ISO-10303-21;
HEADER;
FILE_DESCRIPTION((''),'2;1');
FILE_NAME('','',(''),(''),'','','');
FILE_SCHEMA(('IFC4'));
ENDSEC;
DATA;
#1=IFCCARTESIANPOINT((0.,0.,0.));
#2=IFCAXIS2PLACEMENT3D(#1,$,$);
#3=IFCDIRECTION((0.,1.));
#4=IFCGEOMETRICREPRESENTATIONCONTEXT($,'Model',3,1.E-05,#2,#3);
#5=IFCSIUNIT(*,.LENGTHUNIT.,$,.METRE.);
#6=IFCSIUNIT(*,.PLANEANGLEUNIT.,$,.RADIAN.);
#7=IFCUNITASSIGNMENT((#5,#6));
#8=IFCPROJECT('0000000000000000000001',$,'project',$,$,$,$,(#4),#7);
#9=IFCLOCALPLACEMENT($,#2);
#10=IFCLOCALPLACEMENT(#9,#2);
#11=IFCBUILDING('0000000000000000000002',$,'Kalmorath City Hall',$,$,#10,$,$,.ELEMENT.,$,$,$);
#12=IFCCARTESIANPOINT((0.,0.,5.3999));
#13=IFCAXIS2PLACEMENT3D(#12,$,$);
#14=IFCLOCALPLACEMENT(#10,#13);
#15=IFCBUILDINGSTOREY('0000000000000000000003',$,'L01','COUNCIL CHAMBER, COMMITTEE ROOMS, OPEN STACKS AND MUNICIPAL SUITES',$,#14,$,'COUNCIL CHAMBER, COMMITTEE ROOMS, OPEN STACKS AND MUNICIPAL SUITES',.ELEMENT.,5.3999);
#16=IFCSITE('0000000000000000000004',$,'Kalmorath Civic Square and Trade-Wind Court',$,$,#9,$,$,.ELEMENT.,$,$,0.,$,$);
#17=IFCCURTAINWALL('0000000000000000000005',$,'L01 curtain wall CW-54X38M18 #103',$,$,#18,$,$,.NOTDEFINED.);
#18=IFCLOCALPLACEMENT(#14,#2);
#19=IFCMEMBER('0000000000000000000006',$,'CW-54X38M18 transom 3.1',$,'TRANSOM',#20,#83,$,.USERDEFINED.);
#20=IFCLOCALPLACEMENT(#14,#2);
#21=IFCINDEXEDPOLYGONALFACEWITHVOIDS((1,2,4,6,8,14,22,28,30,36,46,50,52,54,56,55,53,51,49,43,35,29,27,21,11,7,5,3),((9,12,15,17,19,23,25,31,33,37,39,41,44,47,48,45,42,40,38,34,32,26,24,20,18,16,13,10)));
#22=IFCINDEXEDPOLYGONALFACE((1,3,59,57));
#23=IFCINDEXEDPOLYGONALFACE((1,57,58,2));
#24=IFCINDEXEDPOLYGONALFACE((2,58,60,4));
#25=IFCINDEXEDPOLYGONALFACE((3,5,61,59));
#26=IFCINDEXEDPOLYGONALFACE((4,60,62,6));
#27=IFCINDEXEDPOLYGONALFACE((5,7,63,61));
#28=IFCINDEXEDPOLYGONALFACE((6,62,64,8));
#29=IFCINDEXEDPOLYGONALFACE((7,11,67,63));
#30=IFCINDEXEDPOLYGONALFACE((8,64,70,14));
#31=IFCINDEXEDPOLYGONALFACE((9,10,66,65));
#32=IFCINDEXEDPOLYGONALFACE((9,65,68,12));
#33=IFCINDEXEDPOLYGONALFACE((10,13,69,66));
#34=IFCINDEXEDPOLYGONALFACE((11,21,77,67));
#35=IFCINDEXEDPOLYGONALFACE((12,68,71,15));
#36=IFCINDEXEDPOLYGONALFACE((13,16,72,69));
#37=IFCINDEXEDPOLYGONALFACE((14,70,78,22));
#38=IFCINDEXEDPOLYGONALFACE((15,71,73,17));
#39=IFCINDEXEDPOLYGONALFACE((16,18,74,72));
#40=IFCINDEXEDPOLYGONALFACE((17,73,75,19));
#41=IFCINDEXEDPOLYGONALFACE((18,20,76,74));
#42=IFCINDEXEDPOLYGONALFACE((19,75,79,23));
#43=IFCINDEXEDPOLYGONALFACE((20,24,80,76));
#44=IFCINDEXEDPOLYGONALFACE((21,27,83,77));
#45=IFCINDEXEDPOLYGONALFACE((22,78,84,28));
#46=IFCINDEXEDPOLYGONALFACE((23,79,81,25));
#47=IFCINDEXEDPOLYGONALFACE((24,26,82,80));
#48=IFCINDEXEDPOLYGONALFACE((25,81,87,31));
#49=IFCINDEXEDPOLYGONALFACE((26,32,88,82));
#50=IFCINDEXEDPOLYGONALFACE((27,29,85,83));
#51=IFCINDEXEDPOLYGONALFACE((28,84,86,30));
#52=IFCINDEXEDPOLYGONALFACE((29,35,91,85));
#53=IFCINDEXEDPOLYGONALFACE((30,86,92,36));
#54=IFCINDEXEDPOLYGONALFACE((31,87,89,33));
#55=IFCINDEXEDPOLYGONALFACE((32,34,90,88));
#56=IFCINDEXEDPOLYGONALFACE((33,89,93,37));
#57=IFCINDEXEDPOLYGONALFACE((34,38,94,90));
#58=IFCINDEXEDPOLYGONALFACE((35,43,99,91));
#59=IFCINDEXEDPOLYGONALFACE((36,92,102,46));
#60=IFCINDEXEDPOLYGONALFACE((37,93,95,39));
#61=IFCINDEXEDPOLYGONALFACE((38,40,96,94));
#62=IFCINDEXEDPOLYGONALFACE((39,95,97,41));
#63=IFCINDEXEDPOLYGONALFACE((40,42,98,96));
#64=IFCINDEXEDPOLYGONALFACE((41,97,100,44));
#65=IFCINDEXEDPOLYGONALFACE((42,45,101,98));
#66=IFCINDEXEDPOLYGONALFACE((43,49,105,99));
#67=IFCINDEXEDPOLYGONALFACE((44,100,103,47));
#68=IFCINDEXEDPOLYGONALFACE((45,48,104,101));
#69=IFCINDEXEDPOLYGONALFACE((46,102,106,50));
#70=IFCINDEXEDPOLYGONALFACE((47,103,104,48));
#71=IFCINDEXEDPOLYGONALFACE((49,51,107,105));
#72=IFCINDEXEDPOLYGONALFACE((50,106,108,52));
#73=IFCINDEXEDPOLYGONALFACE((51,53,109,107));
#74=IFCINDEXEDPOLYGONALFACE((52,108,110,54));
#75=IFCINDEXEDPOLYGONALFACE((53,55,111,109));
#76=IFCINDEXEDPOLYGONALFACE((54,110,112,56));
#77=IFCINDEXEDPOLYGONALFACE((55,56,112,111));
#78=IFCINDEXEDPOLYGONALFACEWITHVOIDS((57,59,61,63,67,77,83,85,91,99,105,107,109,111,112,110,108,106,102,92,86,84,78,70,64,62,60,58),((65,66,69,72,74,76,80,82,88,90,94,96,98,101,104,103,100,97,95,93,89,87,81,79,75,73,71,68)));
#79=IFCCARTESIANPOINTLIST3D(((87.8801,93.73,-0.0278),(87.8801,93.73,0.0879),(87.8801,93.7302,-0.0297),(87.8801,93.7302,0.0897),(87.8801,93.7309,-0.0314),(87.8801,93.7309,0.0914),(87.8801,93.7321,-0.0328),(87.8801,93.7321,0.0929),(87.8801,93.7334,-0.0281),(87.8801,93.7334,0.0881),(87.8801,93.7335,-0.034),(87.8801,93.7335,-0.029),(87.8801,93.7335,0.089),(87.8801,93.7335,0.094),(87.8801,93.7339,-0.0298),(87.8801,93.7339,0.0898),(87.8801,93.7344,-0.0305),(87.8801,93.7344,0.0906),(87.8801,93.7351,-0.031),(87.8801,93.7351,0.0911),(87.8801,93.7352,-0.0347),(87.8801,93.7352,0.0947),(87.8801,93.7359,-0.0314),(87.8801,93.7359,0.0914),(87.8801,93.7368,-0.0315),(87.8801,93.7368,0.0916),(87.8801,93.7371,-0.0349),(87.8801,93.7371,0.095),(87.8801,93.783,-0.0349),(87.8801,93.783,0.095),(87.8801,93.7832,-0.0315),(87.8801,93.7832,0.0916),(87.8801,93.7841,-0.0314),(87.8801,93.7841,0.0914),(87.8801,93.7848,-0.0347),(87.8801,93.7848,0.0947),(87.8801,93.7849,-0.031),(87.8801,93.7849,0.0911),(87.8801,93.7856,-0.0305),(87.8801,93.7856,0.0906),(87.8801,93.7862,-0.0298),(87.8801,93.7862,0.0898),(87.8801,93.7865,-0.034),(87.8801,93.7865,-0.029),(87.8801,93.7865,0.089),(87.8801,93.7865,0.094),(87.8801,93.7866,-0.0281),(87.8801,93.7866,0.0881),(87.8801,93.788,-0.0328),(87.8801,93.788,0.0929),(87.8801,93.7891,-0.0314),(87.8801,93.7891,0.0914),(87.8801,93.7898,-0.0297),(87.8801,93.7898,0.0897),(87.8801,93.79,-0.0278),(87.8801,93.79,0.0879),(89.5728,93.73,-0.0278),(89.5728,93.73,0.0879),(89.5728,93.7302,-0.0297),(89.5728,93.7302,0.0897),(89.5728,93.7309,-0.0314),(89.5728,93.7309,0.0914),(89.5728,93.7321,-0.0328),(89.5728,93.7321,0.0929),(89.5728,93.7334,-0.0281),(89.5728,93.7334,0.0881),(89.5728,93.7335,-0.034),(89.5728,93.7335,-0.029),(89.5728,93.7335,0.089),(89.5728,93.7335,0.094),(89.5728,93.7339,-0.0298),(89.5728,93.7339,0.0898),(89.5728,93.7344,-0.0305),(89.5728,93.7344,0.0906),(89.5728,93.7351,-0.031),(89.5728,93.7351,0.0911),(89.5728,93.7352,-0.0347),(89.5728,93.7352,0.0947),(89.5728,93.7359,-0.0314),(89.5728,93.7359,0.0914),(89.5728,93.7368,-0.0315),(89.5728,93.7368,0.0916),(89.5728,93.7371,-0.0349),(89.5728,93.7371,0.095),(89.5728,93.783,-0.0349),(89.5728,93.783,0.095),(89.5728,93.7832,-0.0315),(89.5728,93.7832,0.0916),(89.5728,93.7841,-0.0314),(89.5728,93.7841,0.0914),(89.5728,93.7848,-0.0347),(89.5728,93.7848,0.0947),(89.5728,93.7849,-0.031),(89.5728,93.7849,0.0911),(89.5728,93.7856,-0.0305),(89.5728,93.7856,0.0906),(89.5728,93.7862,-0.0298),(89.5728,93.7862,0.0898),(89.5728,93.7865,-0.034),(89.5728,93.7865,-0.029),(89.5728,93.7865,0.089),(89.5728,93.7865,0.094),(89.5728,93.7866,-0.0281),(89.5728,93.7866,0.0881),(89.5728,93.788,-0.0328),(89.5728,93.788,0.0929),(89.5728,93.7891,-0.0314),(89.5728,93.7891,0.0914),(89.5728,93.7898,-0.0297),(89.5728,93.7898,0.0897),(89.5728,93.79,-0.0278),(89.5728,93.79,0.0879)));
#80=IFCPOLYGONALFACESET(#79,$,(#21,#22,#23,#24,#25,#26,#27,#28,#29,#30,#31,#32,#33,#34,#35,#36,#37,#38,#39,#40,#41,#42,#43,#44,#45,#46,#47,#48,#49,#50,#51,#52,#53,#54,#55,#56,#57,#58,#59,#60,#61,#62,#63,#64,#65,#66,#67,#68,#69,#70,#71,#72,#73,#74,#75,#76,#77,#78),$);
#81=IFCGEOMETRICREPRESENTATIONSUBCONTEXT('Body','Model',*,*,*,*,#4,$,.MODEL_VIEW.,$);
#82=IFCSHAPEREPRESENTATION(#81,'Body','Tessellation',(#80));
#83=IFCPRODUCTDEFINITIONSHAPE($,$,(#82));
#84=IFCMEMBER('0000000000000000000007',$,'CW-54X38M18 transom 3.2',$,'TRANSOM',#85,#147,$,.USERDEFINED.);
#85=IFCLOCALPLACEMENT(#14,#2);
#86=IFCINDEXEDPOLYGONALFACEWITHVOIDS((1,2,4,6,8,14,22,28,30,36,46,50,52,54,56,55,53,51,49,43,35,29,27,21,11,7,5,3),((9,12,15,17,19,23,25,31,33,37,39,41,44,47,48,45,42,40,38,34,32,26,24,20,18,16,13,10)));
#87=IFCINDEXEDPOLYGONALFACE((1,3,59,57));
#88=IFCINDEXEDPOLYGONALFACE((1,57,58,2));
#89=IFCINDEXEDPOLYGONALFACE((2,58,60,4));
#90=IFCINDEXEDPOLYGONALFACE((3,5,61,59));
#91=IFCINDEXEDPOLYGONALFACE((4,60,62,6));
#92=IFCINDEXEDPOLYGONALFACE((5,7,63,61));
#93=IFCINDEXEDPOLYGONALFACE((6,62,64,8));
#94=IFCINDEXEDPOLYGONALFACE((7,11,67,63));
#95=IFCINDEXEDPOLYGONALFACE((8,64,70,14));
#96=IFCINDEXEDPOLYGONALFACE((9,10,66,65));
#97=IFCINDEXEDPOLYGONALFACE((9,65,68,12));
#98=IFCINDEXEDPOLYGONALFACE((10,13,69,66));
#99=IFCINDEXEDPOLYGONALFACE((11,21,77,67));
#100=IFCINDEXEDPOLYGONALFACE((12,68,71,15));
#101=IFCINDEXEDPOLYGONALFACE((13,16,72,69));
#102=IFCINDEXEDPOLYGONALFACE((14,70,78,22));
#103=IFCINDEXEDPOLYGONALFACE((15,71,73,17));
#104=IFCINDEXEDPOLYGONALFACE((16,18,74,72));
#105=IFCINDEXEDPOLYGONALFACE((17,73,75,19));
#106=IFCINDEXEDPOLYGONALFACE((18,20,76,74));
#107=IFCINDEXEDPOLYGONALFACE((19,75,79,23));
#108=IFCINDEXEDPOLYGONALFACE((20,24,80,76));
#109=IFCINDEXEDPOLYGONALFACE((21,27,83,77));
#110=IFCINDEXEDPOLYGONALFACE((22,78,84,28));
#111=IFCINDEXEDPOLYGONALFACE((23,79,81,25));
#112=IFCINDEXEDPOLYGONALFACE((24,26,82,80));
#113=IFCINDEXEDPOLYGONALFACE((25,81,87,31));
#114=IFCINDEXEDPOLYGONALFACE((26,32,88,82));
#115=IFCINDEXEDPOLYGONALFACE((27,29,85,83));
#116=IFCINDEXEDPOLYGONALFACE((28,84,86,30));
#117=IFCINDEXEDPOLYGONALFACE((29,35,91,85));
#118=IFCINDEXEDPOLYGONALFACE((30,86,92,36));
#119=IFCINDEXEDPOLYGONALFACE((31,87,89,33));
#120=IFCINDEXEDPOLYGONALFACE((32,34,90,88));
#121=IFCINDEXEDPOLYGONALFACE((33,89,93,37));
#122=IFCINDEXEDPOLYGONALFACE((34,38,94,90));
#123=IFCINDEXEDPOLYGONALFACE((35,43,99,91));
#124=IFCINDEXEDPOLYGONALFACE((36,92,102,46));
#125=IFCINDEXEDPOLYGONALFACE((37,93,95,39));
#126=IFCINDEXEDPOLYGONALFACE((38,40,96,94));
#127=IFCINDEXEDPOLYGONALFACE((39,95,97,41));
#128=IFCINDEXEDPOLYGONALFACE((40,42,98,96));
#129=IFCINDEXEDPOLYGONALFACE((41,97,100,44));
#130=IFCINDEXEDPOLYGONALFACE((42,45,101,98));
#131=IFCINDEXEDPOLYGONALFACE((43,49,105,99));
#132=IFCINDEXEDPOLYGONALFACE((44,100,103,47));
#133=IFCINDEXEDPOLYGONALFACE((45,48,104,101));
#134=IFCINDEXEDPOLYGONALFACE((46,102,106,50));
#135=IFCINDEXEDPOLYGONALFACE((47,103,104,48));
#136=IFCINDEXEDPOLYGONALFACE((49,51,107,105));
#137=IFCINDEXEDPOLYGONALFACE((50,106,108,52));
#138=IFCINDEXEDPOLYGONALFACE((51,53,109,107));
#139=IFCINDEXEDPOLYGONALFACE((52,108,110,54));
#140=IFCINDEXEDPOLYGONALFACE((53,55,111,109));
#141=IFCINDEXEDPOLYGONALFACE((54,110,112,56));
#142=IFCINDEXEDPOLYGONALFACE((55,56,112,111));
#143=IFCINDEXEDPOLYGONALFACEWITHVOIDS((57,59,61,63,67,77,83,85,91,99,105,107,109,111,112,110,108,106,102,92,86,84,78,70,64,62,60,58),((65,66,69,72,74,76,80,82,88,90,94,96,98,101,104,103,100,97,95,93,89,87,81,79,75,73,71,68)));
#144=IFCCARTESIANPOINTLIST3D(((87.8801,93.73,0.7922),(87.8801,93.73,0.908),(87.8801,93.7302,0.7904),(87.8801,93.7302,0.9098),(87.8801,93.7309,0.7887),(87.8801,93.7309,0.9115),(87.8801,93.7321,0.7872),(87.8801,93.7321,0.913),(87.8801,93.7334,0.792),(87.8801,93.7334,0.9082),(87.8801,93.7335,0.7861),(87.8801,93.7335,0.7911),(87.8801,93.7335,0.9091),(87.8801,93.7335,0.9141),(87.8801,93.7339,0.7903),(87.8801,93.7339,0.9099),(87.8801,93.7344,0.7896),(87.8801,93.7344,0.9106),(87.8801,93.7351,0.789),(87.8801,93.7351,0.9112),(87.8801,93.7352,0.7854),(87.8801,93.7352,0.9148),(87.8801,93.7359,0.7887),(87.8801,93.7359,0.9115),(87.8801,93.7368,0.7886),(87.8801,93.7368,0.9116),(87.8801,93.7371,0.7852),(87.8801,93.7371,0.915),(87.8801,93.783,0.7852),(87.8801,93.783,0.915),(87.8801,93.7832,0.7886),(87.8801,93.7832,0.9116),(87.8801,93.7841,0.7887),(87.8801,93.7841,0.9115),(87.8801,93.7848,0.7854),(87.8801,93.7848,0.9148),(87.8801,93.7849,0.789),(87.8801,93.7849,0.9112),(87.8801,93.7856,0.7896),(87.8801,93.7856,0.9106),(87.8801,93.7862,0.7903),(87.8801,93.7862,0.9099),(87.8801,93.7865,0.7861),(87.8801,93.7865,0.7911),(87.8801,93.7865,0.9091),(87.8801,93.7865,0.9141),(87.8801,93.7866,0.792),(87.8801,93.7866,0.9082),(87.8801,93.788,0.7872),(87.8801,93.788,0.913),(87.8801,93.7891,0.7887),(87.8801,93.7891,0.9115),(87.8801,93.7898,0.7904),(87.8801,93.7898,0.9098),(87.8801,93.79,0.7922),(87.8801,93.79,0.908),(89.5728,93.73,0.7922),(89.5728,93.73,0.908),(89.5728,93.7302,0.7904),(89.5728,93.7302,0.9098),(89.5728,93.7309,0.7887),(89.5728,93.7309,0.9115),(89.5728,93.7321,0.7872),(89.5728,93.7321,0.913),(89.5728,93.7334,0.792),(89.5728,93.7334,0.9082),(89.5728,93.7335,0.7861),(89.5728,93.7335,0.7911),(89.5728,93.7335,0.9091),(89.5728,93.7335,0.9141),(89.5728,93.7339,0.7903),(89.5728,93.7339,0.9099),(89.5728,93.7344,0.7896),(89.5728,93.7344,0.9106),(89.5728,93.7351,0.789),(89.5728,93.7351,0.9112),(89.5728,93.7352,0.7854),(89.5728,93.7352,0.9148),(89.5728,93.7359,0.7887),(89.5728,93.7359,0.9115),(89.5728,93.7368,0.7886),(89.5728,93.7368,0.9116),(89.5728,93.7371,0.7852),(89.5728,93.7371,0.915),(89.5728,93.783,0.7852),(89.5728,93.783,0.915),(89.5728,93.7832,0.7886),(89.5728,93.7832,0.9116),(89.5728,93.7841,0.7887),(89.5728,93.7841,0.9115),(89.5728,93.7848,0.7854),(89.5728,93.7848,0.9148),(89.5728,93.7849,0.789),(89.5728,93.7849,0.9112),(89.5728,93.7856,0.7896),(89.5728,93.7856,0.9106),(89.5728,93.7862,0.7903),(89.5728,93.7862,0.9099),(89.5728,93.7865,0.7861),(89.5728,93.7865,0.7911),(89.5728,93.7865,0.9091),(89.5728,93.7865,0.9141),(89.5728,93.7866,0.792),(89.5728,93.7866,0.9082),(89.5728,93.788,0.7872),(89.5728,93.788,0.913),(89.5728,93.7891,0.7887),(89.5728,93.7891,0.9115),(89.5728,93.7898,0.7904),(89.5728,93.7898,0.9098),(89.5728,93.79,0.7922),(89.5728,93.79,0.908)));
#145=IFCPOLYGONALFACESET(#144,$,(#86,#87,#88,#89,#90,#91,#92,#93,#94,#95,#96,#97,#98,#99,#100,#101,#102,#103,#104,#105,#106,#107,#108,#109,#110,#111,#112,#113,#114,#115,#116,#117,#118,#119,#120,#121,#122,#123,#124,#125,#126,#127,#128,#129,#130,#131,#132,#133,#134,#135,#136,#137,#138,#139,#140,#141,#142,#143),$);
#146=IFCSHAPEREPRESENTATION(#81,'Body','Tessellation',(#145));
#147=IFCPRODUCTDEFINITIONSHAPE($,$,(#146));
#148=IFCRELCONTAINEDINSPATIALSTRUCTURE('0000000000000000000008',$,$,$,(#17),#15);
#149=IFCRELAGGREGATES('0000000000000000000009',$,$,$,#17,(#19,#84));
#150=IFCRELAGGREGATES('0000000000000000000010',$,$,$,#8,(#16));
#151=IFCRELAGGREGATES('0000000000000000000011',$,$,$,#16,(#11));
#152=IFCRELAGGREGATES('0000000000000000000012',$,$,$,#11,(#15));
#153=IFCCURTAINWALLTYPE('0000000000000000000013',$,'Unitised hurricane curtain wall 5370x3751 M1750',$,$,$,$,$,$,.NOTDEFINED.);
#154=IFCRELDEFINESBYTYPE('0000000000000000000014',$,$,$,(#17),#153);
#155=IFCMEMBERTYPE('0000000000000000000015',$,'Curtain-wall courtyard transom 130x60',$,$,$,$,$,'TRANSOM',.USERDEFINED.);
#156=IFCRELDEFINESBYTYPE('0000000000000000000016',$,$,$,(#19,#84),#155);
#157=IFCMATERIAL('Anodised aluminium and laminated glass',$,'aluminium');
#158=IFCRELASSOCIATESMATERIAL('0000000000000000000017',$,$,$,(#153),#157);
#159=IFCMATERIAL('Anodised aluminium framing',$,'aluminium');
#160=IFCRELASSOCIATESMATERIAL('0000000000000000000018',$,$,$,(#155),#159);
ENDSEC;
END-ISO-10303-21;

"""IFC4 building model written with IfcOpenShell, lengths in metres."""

from ifc_helpers import new_model, si_unit, direction, frame, origin, origin_2d, place, context, subcontext, project, spatial, hollow_rectangle, extrude, material, material_profile, profile_set, type_object, element, aggregate, save


model = new_model("IFC4")

# Units and contexts
model_context = context("Model", 3, precision=1e-05, world=origin(), true_north=direction((0.0, 1.0)))
body_context = subcontext(model_context, "Body", "Model", "MODEL_VIEW")
ifc_project = project(units=[si_unit("LENGTHUNIT", "METRE"), si_unit("PLANEANGLEUNIT", "RADIAN")], contexts=[model_context])

# Site, building, storey
site_placement = place(None, origin())
site = spatial("IfcSite", under=ifc_project, at=site_placement, Name="Kalmorath Civic Square and Trade-Wind Court", CompositionType="ELEMENT", RefElevation=0.0)
building_placement = place(site_placement, origin())
building = spatial("IfcBuilding", under=site, at=building_placement, Name="Kalmorath City Hall", CompositionType="ELEMENT")
storey_placement = place(building_placement, frame((0.0, 0.0, 5.3999)))
storey = spatial("IfcBuildingStorey", under=building, at=storey_placement, Name="L01", Description="COUNCIL CHAMBER, COMMITTEE ROOMS, OPEN STACKS AND MUNICIPAL SUITES", LongName="COUNCIL CHAMBER, COMMITTEE ROOMS, OPEN STACKS AND MUNICIPAL SUITES", CompositionType="ELEMENT", Elevation=5.3999)

# Curtain wall, members
ifc_material_1 = material(Name="Anodised aluminium and laminated glass", Category="aluminium")
curtain_wall_type = type_object("IfcCurtainWallType", Name="Unitised hurricane curtain wall 5370x3751 M1750", PredefinedType="NOTDEFINED", material=ifc_material_1)
curtain_wall_placement = place(storey_placement, origin())
curtain_wall = element("IfcCurtainWall", 1, at=curtain_wall_placement, inside=storey, type_object=curtain_wall_type, Name="L01 curtain wall CW-54X38M18 #103", PredefinedType="NOTDEFINED")
ifc_material_2 = material(Name="Anodised aluminium framing", Category="aluminium")
ifc_material_profile_1 = material_profile(ifc_material_2, hollow_rectangle(XDim=0.0601, YDim=0.1299, WallThickness=0.0034, InnerFilletRadius=0.0034, OuterFilletRadius=0.0071, at=origin_2d()), Name="ALU-TRN-130X60X3.5")
ifc_profile_set_1 = profile_set([ifc_material_profile_1], Name="Anodised aluminium framing")
member_type_1 = type_object("IfcMemberType", Name="Curtain-wall courtyard transom 130x60", ElementType="TRANSOM", PredefinedType="USERDEFINED", material=ifc_profile_set_1)
member_1_placement = place(storey_placement, frame((89.5728, 93.76, 0.03), z_axis=(-1.0, 0.0, 0.0), x_axis=(0.0, -1.0, 0.0)))
member_1 = element("IfcMember", 2, at=member_1_placement, type_object=member_type_1, Name="CW-54X38M18 transom 3.1", ObjectType="TRANSOM", PredefinedType="USERDEFINED", context=body_context, shape_type="SweptSolid", body=[
    extrude(hollow_rectangle(XDim=0.0601, YDim=0.1299, WallThickness=0.0034, InnerFilletRadius=0.0034, OuterFilletRadius=0.0071, at=origin_2d()), origin(), (0.0, 0.0, 1.0), 1.6926),
])
member_2_placement = place(storey_placement, frame((89.5728, 93.76, 0.8501), z_axis=(-1.0, 0.0, 0.0), x_axis=(0.0, -1.0, 0.0)))
member_2 = element("IfcMember", 3, at=member_2_placement, type_object=member_type_1, Name="CW-54X38M18 transom 3.2", ObjectType="TRANSOM", PredefinedType="USERDEFINED", context=body_context, shape_type="SweptSolid", body=[
    extrude(hollow_rectangle(XDim=0.0601, YDim=0.1299, WallThickness=0.0034, InnerFilletRadius=0.0034, OuterFilletRadius=0.0071, at=origin_2d()), origin(), (0.0, 0.0, 1.0), 1.6926),
])

aggregate(curtain_wall, [member_1, member_2])

save(model, "model.ifc")
